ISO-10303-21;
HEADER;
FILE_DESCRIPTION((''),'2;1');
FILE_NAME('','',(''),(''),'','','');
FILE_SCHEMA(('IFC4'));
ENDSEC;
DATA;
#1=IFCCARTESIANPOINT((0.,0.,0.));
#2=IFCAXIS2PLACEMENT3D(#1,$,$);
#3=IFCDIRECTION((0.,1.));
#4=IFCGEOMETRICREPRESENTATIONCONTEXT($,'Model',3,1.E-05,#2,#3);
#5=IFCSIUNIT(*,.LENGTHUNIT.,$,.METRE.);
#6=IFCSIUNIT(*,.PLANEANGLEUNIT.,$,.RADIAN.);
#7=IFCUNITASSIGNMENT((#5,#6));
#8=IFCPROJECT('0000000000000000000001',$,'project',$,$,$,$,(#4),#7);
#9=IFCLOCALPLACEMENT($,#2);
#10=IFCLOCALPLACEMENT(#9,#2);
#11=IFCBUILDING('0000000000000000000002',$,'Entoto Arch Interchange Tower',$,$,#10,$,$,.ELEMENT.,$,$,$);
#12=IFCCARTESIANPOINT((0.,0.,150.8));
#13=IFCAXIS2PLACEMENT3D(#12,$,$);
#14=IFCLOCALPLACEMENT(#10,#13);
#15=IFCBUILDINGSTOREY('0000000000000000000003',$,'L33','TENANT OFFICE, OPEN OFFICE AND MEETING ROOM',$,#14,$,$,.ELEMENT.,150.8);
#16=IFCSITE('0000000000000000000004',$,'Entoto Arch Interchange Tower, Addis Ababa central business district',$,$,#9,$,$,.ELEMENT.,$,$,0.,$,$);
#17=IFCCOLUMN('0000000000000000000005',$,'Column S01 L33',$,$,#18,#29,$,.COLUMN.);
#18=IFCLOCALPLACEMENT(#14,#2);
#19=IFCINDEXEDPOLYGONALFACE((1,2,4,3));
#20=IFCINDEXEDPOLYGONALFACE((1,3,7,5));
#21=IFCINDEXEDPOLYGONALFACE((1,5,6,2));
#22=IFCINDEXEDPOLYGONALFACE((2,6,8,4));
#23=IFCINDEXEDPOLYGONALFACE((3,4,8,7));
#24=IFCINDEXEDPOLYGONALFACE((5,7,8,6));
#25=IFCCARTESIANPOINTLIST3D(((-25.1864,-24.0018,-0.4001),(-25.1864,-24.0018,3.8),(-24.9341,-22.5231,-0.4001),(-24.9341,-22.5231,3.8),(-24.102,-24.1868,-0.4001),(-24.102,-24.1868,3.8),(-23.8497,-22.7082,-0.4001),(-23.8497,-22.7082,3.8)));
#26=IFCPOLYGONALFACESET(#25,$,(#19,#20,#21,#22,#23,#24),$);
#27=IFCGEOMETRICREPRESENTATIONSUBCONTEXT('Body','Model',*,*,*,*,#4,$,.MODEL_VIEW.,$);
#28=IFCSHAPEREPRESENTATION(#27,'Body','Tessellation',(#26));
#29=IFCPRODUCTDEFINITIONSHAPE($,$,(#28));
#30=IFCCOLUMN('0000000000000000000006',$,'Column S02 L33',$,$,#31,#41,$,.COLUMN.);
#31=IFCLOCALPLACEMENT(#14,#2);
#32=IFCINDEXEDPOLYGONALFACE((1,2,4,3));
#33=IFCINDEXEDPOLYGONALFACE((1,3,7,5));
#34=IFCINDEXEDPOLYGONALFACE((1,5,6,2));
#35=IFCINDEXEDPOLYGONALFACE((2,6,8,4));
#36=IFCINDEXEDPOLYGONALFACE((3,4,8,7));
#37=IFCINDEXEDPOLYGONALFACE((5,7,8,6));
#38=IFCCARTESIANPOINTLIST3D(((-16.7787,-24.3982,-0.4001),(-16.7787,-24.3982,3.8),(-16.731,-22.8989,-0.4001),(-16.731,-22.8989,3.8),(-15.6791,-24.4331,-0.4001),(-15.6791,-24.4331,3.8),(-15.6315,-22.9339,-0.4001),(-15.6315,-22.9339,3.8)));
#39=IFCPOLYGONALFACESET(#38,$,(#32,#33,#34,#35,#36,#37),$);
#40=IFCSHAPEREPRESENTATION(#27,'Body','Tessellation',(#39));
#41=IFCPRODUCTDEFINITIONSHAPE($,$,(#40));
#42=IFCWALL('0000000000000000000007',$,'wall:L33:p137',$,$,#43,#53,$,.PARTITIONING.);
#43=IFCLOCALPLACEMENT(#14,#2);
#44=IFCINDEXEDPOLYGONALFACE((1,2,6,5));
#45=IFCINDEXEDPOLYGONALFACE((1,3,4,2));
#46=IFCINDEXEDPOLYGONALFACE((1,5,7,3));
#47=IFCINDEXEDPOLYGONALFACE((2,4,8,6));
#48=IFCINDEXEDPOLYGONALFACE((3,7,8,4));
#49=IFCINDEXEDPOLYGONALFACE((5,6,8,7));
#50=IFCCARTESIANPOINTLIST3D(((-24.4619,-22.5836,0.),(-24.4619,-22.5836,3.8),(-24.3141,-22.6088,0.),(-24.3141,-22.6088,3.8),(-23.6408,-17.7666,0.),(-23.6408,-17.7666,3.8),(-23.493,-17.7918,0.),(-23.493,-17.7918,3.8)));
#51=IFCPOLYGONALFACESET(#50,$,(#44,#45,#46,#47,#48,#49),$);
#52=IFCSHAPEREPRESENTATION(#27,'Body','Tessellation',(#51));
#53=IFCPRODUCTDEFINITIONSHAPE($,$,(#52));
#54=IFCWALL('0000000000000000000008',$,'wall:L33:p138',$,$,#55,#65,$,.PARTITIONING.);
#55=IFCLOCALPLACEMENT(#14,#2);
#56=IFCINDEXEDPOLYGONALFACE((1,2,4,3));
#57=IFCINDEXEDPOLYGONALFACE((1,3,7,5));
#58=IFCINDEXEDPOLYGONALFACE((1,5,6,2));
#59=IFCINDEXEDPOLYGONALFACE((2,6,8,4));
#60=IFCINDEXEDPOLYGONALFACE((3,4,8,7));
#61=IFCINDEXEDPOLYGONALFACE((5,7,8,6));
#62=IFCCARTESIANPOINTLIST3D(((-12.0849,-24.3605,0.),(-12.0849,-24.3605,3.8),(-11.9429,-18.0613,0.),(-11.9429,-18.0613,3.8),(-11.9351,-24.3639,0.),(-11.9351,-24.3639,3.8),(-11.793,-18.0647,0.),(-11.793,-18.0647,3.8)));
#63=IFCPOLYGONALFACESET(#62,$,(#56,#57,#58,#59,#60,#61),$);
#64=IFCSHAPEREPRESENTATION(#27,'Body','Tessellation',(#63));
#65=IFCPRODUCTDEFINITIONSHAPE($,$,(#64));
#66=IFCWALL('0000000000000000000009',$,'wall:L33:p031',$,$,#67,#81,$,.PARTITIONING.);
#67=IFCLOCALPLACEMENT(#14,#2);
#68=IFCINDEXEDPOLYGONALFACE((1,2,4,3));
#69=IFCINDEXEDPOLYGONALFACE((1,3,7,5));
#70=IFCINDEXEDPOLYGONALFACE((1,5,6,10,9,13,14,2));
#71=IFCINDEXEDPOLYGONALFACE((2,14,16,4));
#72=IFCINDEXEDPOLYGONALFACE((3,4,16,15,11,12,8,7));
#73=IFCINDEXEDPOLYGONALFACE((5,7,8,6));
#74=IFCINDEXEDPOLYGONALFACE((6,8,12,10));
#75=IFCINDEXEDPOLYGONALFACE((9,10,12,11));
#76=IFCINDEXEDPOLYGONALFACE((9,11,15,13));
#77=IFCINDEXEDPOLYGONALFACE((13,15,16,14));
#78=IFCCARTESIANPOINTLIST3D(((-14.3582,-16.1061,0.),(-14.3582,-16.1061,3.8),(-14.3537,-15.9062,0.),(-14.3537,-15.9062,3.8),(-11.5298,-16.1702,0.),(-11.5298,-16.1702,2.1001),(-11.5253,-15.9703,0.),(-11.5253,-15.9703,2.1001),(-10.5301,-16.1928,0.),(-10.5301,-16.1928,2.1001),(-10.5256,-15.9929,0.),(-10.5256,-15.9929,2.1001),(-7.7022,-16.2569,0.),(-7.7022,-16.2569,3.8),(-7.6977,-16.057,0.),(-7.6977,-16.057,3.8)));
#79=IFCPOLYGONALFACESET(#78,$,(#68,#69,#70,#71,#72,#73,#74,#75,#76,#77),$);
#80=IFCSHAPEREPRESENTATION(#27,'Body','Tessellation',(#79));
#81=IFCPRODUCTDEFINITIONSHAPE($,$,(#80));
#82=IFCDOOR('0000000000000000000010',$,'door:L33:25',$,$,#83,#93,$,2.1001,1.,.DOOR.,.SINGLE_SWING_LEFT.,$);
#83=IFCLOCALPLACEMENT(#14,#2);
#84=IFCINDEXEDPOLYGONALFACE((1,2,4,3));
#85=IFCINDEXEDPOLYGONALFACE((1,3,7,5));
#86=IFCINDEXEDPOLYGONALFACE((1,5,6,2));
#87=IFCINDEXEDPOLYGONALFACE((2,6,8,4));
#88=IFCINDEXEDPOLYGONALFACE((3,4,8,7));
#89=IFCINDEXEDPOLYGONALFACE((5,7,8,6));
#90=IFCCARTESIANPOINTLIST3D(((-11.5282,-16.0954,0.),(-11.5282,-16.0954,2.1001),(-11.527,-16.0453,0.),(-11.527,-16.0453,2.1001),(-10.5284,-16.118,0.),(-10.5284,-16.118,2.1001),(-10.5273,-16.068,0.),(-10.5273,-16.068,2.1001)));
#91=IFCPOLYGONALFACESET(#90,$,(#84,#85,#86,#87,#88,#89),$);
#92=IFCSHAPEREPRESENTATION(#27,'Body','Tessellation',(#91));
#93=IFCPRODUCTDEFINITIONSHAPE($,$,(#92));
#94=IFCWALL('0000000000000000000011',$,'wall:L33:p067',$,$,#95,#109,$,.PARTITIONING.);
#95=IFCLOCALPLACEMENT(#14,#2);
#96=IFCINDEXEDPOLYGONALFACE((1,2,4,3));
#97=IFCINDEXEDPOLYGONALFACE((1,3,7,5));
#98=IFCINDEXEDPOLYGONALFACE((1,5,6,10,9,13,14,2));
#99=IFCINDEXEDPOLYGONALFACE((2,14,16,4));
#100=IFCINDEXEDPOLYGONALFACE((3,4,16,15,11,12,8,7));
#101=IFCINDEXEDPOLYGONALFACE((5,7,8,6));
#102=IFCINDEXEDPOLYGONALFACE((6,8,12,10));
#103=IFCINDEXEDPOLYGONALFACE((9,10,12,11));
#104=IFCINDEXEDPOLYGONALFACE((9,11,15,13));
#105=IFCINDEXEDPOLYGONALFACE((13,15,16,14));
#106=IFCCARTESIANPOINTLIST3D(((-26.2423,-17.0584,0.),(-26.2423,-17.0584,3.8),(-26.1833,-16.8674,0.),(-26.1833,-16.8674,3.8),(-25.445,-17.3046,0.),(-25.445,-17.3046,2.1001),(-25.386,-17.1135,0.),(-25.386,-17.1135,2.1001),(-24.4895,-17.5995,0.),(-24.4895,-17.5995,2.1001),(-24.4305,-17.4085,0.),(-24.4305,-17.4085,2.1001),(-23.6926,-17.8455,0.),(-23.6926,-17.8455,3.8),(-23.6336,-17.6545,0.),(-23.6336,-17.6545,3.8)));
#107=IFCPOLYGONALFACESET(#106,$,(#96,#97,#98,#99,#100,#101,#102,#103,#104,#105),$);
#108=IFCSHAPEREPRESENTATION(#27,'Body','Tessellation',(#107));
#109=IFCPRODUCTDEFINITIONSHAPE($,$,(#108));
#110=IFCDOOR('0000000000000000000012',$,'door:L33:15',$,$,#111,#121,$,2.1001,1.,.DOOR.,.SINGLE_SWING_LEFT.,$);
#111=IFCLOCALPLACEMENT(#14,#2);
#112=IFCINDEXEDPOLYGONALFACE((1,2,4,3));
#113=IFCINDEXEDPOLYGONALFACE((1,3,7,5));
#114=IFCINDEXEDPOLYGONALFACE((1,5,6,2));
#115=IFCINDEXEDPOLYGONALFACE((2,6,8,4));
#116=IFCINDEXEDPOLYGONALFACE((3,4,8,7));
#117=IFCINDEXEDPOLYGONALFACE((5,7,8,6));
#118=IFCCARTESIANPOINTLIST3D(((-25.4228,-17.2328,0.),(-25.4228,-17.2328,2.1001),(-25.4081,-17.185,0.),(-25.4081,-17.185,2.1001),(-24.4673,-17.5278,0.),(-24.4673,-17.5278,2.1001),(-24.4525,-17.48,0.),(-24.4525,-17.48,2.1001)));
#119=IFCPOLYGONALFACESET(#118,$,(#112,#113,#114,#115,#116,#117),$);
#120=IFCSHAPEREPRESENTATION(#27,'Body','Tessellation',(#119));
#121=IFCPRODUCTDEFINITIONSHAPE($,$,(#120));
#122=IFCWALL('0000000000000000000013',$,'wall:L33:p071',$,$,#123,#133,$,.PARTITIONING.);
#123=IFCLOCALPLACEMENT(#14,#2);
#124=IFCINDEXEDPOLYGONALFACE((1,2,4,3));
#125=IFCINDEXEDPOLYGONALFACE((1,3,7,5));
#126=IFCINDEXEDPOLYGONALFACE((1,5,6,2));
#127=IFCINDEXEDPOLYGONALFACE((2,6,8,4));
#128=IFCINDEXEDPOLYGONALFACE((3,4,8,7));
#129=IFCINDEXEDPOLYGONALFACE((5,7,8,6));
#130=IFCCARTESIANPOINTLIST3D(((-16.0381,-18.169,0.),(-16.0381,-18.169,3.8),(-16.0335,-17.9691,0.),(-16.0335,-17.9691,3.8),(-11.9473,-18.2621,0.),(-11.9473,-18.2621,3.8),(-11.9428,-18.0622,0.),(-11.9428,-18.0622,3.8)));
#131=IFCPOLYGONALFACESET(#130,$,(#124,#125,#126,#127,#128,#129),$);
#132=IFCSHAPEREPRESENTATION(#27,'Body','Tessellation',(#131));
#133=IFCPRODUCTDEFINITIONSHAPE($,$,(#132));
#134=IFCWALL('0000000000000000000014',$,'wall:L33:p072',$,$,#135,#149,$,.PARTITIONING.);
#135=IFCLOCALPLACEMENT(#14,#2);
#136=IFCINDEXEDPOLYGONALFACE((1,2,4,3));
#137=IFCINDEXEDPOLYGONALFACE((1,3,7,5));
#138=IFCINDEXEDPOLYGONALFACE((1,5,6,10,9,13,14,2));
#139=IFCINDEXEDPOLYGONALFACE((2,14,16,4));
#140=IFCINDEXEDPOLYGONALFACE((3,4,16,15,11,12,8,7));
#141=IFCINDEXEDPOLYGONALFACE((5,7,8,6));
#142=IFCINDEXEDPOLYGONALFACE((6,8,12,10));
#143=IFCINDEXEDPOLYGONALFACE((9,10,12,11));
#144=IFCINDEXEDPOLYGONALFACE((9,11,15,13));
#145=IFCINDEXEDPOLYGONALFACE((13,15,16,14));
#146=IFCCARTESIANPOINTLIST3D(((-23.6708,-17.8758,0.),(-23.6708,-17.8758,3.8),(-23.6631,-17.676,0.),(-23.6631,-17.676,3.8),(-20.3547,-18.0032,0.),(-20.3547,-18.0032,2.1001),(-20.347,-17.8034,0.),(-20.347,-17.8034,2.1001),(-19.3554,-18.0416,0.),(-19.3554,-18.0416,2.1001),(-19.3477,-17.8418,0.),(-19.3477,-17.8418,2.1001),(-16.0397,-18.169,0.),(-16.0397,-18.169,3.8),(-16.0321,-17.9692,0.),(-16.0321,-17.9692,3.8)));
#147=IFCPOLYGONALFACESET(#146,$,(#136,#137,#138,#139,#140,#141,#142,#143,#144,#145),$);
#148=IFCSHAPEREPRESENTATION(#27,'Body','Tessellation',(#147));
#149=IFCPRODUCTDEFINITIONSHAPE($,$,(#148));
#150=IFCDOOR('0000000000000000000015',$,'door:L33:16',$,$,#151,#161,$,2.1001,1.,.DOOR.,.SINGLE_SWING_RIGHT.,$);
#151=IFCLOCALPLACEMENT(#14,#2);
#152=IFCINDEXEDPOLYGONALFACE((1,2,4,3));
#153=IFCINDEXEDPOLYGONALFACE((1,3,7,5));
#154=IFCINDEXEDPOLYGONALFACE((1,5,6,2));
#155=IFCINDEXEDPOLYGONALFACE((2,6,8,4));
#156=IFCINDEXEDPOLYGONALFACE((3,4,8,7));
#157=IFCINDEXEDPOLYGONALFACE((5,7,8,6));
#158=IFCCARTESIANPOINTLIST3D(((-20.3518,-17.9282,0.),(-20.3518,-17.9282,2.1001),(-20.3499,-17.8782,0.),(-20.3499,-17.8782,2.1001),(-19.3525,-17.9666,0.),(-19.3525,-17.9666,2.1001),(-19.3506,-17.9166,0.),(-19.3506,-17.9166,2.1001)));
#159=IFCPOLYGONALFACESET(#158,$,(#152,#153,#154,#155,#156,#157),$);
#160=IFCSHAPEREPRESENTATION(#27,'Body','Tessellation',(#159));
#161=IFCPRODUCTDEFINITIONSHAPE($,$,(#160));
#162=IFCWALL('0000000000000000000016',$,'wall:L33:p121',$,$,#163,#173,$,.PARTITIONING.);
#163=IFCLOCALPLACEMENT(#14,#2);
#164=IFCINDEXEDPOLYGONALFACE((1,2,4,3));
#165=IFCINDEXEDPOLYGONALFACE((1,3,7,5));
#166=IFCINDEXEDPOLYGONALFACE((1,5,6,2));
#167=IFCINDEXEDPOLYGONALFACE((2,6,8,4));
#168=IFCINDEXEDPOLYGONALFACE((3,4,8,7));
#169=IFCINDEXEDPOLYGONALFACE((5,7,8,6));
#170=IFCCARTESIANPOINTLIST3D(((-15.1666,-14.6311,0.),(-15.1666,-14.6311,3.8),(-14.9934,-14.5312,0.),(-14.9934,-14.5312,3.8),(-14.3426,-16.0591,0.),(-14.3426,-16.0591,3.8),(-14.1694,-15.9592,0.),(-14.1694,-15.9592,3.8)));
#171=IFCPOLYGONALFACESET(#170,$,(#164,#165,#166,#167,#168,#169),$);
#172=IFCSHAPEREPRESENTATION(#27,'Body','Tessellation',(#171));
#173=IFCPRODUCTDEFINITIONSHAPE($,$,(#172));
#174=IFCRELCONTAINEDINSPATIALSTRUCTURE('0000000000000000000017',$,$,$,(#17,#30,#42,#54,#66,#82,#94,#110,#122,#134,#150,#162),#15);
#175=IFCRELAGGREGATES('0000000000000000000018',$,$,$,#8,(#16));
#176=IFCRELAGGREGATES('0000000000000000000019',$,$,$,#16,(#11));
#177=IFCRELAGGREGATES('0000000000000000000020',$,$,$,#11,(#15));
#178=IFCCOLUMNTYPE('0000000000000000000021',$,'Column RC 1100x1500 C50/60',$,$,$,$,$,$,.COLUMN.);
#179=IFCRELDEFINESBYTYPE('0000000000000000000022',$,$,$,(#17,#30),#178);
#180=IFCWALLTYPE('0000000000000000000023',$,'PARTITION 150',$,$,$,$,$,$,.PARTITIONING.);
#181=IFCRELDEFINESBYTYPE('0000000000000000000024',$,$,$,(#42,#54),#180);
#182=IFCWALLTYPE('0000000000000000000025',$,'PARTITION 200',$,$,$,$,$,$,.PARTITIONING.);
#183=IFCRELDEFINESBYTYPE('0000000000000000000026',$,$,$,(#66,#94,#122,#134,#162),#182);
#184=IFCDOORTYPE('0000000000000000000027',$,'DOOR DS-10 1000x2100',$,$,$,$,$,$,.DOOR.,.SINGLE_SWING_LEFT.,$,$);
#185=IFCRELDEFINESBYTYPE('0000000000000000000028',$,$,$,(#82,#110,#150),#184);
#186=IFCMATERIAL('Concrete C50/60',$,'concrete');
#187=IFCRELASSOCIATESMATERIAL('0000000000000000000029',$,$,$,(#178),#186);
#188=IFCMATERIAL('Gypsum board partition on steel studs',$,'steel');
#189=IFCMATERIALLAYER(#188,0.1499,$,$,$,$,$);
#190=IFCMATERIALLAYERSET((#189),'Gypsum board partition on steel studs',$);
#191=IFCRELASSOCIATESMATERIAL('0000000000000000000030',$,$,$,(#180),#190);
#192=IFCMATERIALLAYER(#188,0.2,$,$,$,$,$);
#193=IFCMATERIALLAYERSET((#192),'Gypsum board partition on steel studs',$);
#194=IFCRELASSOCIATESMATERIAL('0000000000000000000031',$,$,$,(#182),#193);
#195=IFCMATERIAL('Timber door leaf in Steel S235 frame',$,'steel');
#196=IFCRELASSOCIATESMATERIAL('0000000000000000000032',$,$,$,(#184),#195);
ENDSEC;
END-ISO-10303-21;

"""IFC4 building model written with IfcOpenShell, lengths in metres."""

from ifc_helpers import new_model, si_unit, direction, frame, frame_2d, origin, origin_2d, place, context, subcontext, project, spatial, rectangle, extrude, material, layer, layer_set, material_profile, profile_set, type_object, element, fill, save


model = new_model("IFC4")

# Units and contexts
model_context = context("Model", 3, precision=1e-05, world=origin(), true_north=direction((0.0, 1.0)))
body_context = subcontext(model_context, "Body", "Model", "MODEL_VIEW")
ifc_project = project(units=[si_unit("LENGTHUNIT", "METRE"), si_unit("PLANEANGLEUNIT", "RADIAN")], contexts=[model_context])

# Site, building, storey
site_placement = place(None, origin())
site = spatial("IfcSite", under=ifc_project, at=site_placement, Name="Entoto Arch Interchange Tower, Addis Ababa central business district", CompositionType="ELEMENT", RefElevation=0.0)
building_placement = place(site_placement, origin())
building = spatial("IfcBuilding", under=site, at=building_placement, Name="Entoto Arch Interchange Tower", CompositionType="ELEMENT")
storey_placement = place(building_placement, frame((0.0, 0.0, 150.8)))
storey = spatial("IfcBuildingStorey", under=building, at=storey_placement, Name="L33", Description="TENANT OFFICE, OPEN OFFICE AND MEETING ROOM", CompositionType="ELEMENT", Elevation=150.8)

# Columns
ifc_material_1 = material(Name="Concrete C50/60", Category="concrete")
ifc_material_profile = material_profile(ifc_material_1, rectangle(XDim=1.1001, YDim=1.5, at=origin_2d()))
ifc_profile_set = profile_set([ifc_material_profile], Name="Concrete C50/60")
column_type = type_object("IfcColumnType", Name="Column RC 1100x1500 C50/60", PredefinedType="COLUMN", material=ifc_profile_set)
for number, where, z_axis, x_axis, name in (
    (1, (-24.5181, -23.355, -0.4001), (0.0, 0.0, 1.0), (-0.985753, 0.168197, 0.0), "Column S01 L33"),
    (2, (-16.2051, -23.666, -0.4001), (0.0, 0.0, 1.0), (-0.999496, 0.031742, 0.0), "Column S02 L33"),
):
    element("IfcColumn", number, at=place(storey_placement, frame(where, z_axis=z_axis, x_axis=x_axis)), inside=storey, type_object=column_type, Name=name, PredefinedType="COLUMN", context=body_context, shape_type="SweptSolid", body=[
        extrude(rectangle(XDim=1.1001, YDim=1.5, at=origin_2d()), origin(), (0.0, 0.0, 1.0), 4.2002),
    ])

# Walls
ifc_material_2 = material(Name="Gypsum board partition on steel studs", Category="steel")
ifc_layer_1 = layer(ifc_material_2, 0.1499)
ifc_layer_set_1 = layer_set([ifc_layer_1], Name="Gypsum board partition on steel studs")
wall_type_1 = type_object("IfcWallType", Name="PARTITION 150", PredefinedType="PARTITIONING", material=ifc_layer_set_1)
wall_1_placement = place(storey_placement, frame((-23.5669, -17.7791, 0.0), z_axis=(0.0, 0.0, 1.0), x_axis=(-0.168028, -0.985782, 0.0)))
element("IfcWall", 3, at=wall_1_placement, inside=storey, type_object=wall_type_1, Name="wall:L33:p137", PredefinedType="PARTITIONING", context=body_context, shape_type="SweptSolid", body=[
    extrude(rectangle(XDim=4.8865, YDim=0.1499, at=frame_2d((2.4434, 0.0))), origin(), (0.0, 0.0, 1.0), 3.8),
])
wall_2_placement = place(storey_placement, frame((-11.8679, -18.063, 0.0), z_axis=(0.0, 0.0, 1.0), x_axis=(-0.022552, -0.999746, 0.0)))
element("IfcWall", 4, at=wall_2_placement, inside=storey, type_object=wall_type_1, Name="wall:L33:p138", PredefinedType="PARTITIONING", context=body_context, shape_type="SweptSolid", body=[
    extrude(rectangle(XDim=6.3008, YDim=0.1499, at=frame_2d((3.1504, 0.0))), origin(), (0.0, 0.0, 1.0), 3.8),
])

# Walls, openings, doors
ifc_layer_2 = layer(ifc_material_2, 0.2)
ifc_layer_set_2 = layer_set([ifc_layer_2], Name="Gypsum board partition on steel studs")
wall_type_2 = type_object("IfcWallType", Name="PARTITION 200", PredefinedType="PARTITIONING", material=ifc_layer_set_2)
wall_3_placement = place(storey_placement, frame((-14.356, -16.0061, 0.0), z_axis=(0.0, 0.0, 1.0), x_axis=(0.999743, -0.022662, 0.0)))
wall_3 = element("IfcWall", 5, at=wall_3_placement, inside=storey, type_object=wall_type_2, Name="wall:L33:p031", PredefinedType="PARTITIONING", context=body_context, shape_type="SweptSolid", body=[
    extrude(rectangle(XDim=6.6577, YDim=0.2, at=frame_2d((3.3289, 0.0))), origin(), (0.0, 0.0, 1.0), 3.8),
])
opening_1_placement = place(wall_3_placement, frame((2.8291, 0.0, 0.0)))
opening_1 = element("IfcOpeningElement", 6, at=opening_1_placement, cuts=wall_3, PredefinedType="OPENING", context=body_context, shape_type="SweptSolid", body=[
    extrude(rectangle(XDim=1.0, YDim=2.1001, at=frame_2d((0.5, 1.05))), frame((0.0, 0.1099, 0.0), z_axis=(0.0, -1.0, 0.0), x_axis=(1.0, 0.0, 0.0)), (0.0, 0.0, 1.0), 0.22),
])
ifc_material_3 = material(Name="Timber door leaf in Steel S235 frame", Category="steel")
door_type = type_object("IfcDoorType", Name="DOOR DS-10 1000x2100", OperationType="SINGLE_SWING_LEFT", PredefinedType="DOOR", material=ifc_material_3)
door_1_placement = place(opening_1_placement, origin())
door_1 = element("IfcDoor", 7, at=door_1_placement, inside=storey, type_object=door_type, Name="door:L33:25", OperationType="SINGLE_SWING_LEFT", OverallHeight=2.1001, OverallWidth=1.0, PredefinedType="DOOR", context=body_context, shape_type="SweptSolid", body=[
    extrude(rectangle(XDim=1.0, YDim=2.1001, at=frame_2d((0.5, 1.05))), frame((0.0, 0.0249, 0.0), z_axis=(0.0, -1.0, 0.0), x_axis=(1.0, 0.0, 0.0)), (0.0, 0.0, 1.0), 0.05),
])
fill(opening_1, door_1)
wall_4_placement = place(storey_placement, frame((-23.6631, -17.75, 0.0), z_axis=(0.0, 0.0, 1.0), x_axis=(-0.95551, 0.29496, 0.0)))
wall_4 = element("IfcWall", 8, at=wall_4_placement, inside=storey, type_object=wall_type_2, Name="wall:L33:p067", PredefinedType="PARTITIONING", context=body_context, shape_type="SweptSolid", body=[
    extrude(rectangle(XDim=2.6685, YDim=0.2, at=frame_2d((1.3342, 0.0))), origin(), (0.0, 0.0, 1.0), 3.8),
])
opening_2_placement = place(wall_4_placement, frame((0.834, 0.0, 0.0)))
opening_2 = element("IfcOpeningElement", 9, at=opening_2_placement, cuts=wall_4, PredefinedType="OPENING", context=body_context, shape_type="SweptSolid", body=[
    extrude(rectangle(XDim=1.0, YDim=2.1001, at=frame_2d((0.5, 1.05))), frame((0.0, 0.1099, 0.0), z_axis=(0.0, -1.0, 0.0), x_axis=(1.0, 0.0, 0.0)), (0.0, 0.0, 1.0), 0.22),
])
door_2_placement = place(opening_2_placement, origin())
door_2 = element("IfcDoor", 10, at=door_2_placement, inside=storey, type_object=door_type, Name="door:L33:15", OperationType="SINGLE_SWING_LEFT", OverallHeight=2.1001, OverallWidth=1.0, PredefinedType="DOOR", context=body_context, shape_type="SweptSolid", body=[
    extrude(rectangle(XDim=1.0, YDim=2.1001, at=frame_2d((0.5, 1.05))), frame((0.0, 0.0249, 0.0), z_axis=(0.0, -1.0, 0.0), x_axis=(1.0, 0.0, 0.0)), (0.0, 0.0, 1.0), 0.05),
])
fill(opening_2, door_2)

# Wall
wall_5_placement = place(storey_placement, frame((-11.9451, -18.1621, 0.0), z_axis=(0.0, 0.0, 1.0), x_axis=(-0.999742, 0.022732, 0.0)))
element("IfcWall", 11, at=wall_5_placement, inside=storey, type_object=wall_type_2, Name="wall:L33:p071", PredefinedType="PARTITIONING", context=body_context, shape_type="SweptSolid", body=[
    extrude(rectangle(XDim=4.0918, YDim=0.2, at=frame_2d((2.0459, 0.0))), origin(), (0.0, 0.0, 1.0), 3.8),
])

# Wall, opening, door
wall_6_placement = place(storey_placement, frame((-16.0359, -18.0691, 0.0), z_axis=(0.0, 0.0, 1.0), x_axis=(-0.999263, 0.038395, 0.0)))
wall_6 = element("IfcWall", 12, at=wall_6_placement, inside=storey, type_object=wall_type_2, Name="wall:L33:p072", PredefinedType="PARTITIONING", context=body_context, shape_type="SweptSolid", body=[
    extrude(rectangle(XDim=7.6367, YDim=0.2, at=frame_2d((3.8184, 0.0))), origin(), (0.0, 0.0, 1.0), 3.8),
])
opening_3_placement = place(wall_6_placement, frame((3.3181, 0.0, 0.0)))
opening_3 = element("IfcOpeningElement", 13, at=opening_3_placement, cuts=wall_6, PredefinedType="OPENING", context=body_context, shape_type="SweptSolid", body=[
    extrude(rectangle(XDim=1.0, YDim=2.1001, at=frame_2d((0.5, 1.05))), frame((0.0, 0.1099, 0.0), z_axis=(0.0, -1.0, 0.0), x_axis=(1.0, 0.0, 0.0)), (0.0, 0.0, 1.0), 0.22),
])
door_3_placement = place(opening_3_placement, origin())
door_3 = element("IfcDoor", 14, at=door_3_placement, inside=storey, type_object=door_type, Name="door:L33:16", OperationType="SINGLE_SWING_RIGHT", OverallHeight=2.1001, OverallWidth=1.0, PredefinedType="DOOR", context=body_context, shape_type="SweptSolid", body=[
    extrude(rectangle(XDim=1.0, YDim=2.1001, at=frame_2d((0.5, 1.05))), frame((0.0, 0.0249, 0.0), z_axis=(0.0, -1.0, 0.0), x_axis=(1.0, 0.0, 0.0)), (0.0, 0.0, 1.0), 0.05),
])
fill(opening_3, door_3)

# Wall
wall_7_placement = place(storey_placement, frame((-14.2561, -16.009, 0.0), z_axis=(0.0, 0.0, 1.0), x_axis=(-0.499787, 0.866149, 0.0)))
element("IfcWall", 15, at=wall_7_placement, inside=storey, type_object=wall_type_2, Name="wall:L33:p121", PredefinedType="PARTITIONING", context=body_context, shape_type="SweptSolid", body=[
    extrude(rectangle(XDim=1.6487, YDim=0.2, at=frame_2d((0.8242, 0.0))), origin(), (0.0, 0.0, 1.0), 3.8),
])

save(model, "model.ifc")
